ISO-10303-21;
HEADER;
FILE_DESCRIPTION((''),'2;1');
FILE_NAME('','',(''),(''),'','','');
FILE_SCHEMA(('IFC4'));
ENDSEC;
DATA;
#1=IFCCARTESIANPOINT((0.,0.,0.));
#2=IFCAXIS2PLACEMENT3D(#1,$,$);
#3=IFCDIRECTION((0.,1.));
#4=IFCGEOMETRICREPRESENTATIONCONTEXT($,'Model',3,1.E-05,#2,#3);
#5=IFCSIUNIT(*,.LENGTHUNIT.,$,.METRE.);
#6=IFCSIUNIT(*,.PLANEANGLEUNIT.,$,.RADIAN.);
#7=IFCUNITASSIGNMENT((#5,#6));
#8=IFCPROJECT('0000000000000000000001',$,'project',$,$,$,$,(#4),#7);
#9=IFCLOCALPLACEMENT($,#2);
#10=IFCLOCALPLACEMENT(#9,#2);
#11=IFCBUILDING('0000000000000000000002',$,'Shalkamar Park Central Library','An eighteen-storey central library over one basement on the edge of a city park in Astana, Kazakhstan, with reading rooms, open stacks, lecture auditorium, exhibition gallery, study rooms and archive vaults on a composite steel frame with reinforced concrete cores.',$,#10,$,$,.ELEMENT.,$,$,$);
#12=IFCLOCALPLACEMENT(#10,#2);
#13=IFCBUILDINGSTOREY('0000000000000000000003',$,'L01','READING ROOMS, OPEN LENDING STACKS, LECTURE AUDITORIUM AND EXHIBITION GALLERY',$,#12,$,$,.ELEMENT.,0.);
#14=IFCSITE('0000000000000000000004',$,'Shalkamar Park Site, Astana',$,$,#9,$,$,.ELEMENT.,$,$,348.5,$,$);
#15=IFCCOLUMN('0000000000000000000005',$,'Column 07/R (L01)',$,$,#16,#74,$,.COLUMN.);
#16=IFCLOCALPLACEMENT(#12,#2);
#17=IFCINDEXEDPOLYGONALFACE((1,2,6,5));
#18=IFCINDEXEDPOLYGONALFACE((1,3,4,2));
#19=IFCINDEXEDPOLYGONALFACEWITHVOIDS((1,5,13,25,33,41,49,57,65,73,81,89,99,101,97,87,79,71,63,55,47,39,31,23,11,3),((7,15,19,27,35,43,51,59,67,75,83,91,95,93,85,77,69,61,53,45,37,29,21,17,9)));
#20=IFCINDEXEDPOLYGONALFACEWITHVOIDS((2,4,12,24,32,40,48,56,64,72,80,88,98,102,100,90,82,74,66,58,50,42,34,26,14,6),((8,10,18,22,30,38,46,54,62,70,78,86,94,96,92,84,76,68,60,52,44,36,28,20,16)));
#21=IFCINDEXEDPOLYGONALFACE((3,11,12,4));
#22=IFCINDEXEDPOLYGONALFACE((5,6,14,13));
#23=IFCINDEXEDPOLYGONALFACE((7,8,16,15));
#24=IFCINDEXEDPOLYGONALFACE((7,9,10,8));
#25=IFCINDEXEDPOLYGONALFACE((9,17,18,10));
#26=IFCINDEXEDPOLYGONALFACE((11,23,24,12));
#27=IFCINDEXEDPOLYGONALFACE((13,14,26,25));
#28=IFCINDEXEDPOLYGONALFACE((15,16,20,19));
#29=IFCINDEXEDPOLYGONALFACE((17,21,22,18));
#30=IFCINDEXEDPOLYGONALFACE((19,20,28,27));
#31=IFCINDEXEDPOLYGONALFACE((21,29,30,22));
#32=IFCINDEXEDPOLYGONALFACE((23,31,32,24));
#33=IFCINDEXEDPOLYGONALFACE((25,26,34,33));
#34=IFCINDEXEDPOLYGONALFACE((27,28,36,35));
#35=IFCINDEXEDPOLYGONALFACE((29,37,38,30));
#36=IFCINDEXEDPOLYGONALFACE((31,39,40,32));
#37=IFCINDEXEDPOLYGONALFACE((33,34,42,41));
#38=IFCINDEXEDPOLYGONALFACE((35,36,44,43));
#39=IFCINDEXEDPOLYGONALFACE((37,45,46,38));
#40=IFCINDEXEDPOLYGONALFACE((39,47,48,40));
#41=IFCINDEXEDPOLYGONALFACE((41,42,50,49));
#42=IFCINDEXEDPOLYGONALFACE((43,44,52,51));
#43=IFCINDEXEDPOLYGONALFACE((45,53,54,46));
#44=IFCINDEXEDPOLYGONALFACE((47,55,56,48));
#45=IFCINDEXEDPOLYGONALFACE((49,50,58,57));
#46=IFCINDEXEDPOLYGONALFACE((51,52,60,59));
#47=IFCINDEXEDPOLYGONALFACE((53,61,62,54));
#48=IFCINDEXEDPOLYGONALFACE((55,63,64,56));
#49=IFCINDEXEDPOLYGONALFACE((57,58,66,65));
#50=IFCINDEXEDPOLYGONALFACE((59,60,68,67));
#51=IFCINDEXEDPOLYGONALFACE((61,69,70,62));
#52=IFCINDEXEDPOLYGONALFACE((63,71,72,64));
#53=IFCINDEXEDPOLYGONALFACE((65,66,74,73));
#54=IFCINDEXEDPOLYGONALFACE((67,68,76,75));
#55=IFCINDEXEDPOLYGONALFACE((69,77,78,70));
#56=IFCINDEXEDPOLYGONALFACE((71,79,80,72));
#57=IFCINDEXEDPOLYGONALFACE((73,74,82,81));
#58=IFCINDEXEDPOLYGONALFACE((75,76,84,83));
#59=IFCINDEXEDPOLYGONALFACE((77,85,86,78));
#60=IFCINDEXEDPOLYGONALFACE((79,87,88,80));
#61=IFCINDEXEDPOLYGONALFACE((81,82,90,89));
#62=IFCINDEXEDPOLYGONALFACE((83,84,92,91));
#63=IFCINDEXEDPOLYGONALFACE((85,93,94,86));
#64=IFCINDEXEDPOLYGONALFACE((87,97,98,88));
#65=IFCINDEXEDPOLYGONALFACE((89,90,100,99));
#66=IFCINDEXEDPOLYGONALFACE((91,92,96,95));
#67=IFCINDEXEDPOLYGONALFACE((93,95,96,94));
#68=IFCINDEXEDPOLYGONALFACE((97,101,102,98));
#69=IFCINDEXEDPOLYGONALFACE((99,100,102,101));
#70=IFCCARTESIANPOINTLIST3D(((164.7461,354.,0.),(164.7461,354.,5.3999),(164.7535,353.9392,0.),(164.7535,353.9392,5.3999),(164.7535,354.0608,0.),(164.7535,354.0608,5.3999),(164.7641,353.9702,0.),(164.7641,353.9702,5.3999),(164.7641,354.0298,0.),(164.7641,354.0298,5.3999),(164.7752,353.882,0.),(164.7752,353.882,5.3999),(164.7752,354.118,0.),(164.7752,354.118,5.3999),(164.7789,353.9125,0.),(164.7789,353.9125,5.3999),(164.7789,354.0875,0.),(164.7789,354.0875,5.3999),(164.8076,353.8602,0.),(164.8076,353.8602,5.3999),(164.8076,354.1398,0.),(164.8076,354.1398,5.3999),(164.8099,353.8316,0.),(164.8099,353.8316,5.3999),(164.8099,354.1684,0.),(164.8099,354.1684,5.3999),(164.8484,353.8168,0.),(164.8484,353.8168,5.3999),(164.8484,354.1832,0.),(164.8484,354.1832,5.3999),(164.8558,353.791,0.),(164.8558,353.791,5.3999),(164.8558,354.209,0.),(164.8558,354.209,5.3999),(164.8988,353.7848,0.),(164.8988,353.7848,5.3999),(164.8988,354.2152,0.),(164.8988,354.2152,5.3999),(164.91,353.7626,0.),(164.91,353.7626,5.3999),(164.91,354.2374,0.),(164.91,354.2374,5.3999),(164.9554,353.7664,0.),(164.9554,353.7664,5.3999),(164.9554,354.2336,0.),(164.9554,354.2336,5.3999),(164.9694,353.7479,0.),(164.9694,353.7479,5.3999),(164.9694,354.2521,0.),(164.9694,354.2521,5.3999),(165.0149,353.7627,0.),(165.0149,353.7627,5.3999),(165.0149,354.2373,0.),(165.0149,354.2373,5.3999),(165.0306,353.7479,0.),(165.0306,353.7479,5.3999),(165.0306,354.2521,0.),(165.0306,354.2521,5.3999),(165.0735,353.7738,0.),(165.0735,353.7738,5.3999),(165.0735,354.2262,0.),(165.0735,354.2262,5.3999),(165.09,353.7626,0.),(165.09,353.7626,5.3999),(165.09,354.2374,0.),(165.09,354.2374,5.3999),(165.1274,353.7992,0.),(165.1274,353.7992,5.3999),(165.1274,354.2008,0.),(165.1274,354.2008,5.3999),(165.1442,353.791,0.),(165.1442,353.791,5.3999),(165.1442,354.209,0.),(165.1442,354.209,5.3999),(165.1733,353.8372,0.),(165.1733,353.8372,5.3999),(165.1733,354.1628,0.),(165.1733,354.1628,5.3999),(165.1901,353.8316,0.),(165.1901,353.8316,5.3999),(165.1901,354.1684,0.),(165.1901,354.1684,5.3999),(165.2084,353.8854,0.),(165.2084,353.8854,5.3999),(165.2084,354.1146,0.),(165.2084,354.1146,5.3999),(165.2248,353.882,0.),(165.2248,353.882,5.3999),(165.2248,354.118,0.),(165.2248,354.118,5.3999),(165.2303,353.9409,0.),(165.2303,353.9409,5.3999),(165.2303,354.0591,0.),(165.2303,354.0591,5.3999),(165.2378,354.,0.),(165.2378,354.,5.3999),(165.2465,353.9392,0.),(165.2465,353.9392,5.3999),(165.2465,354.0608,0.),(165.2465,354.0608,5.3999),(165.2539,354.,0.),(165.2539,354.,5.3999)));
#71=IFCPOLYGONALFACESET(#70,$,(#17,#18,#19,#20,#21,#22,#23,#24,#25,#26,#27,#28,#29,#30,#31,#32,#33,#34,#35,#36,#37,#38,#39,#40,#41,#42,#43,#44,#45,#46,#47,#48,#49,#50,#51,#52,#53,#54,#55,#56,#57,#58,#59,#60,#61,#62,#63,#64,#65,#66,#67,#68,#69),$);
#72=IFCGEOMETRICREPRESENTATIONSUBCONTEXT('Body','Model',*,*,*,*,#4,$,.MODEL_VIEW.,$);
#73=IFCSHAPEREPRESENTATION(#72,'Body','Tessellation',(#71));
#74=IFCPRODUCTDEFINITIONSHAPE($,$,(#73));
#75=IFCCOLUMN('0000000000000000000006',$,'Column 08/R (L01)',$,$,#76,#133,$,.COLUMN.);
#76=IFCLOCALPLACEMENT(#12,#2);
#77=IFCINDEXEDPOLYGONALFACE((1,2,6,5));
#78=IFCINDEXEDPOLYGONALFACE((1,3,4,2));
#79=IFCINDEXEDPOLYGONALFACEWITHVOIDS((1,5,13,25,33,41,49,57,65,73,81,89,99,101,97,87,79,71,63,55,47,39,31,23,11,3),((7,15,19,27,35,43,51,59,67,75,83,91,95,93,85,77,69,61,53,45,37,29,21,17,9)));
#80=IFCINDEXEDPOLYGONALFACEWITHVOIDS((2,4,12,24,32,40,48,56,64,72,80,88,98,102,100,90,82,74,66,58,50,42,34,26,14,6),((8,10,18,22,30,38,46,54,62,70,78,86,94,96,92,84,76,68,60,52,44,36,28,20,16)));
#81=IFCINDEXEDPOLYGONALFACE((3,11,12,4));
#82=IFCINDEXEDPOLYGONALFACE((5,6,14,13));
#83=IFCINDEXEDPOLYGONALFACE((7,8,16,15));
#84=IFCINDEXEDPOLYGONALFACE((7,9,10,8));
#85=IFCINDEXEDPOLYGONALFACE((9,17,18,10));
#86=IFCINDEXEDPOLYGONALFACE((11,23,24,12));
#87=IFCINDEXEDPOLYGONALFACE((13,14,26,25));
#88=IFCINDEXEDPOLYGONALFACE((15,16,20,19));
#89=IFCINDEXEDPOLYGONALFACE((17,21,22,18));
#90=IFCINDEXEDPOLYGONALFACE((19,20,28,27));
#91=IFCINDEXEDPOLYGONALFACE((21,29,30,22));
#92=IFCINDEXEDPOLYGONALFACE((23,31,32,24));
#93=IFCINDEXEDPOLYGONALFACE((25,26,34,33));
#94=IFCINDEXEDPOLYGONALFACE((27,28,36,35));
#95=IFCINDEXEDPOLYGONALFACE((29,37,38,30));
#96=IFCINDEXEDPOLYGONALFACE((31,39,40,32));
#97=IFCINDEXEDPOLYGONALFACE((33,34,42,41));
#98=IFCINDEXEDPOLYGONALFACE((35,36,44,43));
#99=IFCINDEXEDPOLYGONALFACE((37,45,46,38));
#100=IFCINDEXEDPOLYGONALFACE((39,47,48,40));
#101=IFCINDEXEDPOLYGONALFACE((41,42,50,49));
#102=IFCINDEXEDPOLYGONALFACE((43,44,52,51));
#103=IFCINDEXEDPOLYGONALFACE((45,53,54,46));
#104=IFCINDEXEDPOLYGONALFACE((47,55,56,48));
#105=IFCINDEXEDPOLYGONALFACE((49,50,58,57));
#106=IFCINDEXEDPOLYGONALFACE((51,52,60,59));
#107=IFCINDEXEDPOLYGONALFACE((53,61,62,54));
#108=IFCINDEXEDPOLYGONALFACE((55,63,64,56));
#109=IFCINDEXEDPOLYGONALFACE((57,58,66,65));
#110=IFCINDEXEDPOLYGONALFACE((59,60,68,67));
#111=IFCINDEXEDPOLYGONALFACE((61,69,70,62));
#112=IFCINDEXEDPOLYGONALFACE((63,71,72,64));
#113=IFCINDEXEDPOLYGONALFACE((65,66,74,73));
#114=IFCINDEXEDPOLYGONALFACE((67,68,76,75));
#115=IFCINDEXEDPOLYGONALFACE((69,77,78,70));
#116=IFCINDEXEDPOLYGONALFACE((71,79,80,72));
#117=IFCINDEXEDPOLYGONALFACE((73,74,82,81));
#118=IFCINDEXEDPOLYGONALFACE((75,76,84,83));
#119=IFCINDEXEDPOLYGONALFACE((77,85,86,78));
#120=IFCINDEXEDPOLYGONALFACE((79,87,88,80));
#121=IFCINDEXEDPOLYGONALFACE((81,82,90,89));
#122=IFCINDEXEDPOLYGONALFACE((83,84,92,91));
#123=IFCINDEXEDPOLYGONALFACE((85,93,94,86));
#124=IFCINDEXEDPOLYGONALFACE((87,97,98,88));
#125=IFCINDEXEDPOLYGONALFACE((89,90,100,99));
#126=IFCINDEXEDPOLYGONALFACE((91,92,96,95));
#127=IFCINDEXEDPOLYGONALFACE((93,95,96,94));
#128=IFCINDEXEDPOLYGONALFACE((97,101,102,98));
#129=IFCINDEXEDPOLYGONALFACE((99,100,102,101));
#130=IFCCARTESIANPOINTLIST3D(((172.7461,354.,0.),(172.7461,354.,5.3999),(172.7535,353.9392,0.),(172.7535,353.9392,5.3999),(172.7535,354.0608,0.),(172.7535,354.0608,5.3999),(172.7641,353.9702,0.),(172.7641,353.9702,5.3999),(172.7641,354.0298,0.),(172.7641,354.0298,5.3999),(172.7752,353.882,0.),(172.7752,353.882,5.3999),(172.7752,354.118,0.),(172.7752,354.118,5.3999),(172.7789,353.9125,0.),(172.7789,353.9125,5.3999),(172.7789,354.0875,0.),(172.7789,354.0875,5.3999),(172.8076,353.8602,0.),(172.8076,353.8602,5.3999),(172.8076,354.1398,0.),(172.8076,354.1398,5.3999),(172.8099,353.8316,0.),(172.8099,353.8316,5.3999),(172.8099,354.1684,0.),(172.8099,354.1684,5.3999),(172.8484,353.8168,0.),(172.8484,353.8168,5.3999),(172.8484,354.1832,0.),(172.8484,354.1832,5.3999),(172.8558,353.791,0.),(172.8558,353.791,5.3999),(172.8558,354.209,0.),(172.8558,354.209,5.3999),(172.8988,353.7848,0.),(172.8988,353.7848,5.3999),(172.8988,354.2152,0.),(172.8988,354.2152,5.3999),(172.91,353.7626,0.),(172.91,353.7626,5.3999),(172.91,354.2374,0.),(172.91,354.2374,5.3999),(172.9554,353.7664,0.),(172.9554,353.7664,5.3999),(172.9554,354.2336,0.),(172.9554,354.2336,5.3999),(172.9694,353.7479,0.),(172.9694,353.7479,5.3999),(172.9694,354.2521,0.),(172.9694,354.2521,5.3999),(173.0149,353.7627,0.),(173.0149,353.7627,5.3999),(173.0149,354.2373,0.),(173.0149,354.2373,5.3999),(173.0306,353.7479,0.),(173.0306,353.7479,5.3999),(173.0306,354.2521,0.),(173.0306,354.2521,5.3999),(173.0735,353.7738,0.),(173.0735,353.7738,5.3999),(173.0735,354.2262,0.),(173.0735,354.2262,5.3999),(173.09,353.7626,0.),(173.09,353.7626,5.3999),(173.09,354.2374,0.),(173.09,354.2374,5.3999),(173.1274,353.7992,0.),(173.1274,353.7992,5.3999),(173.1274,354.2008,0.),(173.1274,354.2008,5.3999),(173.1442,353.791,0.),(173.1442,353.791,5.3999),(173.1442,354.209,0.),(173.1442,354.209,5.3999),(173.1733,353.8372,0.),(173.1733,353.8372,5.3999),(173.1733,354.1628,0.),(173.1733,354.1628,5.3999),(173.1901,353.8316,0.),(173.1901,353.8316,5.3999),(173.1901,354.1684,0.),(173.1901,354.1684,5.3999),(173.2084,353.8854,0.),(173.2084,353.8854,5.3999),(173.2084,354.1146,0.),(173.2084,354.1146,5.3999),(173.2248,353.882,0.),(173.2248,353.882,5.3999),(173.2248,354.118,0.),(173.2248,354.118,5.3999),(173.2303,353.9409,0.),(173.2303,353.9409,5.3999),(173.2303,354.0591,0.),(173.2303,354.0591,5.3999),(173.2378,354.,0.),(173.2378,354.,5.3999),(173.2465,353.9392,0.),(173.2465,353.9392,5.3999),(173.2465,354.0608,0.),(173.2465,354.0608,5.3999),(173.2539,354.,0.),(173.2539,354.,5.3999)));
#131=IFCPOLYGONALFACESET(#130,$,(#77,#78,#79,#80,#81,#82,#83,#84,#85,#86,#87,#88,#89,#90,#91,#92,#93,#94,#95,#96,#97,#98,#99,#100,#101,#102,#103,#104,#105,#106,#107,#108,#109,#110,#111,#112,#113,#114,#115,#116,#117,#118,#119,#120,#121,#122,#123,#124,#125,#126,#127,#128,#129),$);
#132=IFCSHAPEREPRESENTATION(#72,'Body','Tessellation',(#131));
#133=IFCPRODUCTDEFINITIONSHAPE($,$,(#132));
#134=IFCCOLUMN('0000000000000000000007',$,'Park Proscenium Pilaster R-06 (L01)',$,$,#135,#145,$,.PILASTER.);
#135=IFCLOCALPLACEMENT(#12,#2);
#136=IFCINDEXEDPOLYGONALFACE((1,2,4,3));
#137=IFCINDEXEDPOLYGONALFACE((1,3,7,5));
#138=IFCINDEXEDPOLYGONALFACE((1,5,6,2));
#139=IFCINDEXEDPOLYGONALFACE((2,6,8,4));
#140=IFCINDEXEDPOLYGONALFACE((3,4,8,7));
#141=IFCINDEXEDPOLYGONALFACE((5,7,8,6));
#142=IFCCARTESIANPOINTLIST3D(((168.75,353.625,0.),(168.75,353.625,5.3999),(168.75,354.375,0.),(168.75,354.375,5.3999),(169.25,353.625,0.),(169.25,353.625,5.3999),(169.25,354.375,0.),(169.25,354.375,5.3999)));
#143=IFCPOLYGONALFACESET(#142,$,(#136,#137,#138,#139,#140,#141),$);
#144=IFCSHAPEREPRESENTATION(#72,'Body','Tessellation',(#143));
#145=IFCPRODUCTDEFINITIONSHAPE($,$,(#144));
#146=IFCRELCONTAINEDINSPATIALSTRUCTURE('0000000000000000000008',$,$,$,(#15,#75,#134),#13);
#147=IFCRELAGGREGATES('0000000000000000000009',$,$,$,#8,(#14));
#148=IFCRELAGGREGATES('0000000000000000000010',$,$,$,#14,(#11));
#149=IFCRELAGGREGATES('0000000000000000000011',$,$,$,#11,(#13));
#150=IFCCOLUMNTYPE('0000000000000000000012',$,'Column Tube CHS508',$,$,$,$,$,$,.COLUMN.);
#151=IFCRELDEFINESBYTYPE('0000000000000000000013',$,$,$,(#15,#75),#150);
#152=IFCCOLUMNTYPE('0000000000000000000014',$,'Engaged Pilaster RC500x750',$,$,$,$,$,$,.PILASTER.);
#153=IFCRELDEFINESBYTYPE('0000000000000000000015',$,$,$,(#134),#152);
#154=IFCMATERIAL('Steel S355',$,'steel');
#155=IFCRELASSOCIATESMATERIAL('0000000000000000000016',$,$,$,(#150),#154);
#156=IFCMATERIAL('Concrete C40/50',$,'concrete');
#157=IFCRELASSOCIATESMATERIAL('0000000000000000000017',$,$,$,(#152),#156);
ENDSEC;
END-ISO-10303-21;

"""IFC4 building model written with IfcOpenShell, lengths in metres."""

from ifc_helpers import new_model, si_unit, direction, frame, origin, origin_2d, place, context, subcontext, project, spatial, rectangle, hollow_circle, extrude, material, material_profile, profile_set, type_object, element, save


model = new_model("IFC4")

# Units and contexts
model_context = context("Model", 3, precision=1e-05, world=origin(), true_north=direction((0.0, 1.0)))
body_context = subcontext(model_context, "Body", "Model", "MODEL_VIEW")
ifc_project = project(units=[si_unit("LENGTHUNIT", "METRE"), si_unit("PLANEANGLEUNIT", "RADIAN")], contexts=[model_context])

# Site, building, storey
site_placement = place(None, origin())
site = spatial("IfcSite", under=ifc_project, at=site_placement, Name="Shalkamar Park Site, Astana", CompositionType="ELEMENT", RefElevation=348.5)
building_placement = place(site_placement, origin())
building = spatial("IfcBuilding", under=site, at=building_placement, Name="Shalkamar Park Central Library", Description="An eighteen-storey central library over one basement on the edge of a city park in Astana, Kazakhstan, with reading rooms, open stacks, lecture auditorium, exhibition gallery, study rooms and archive vaults on a composite steel frame with reinforced concrete cores.", CompositionType="ELEMENT")
storey_placement = place(building_placement, origin())
storey = spatial("IfcBuildingStorey", under=building, at=storey_placement, Name="L01", Description="READING ROOMS, OPEN LENDING STACKS, LECTURE AUDITORIUM AND EXHIBITION GALLERY", CompositionType="ELEMENT", Elevation=0.0)

# Columns
ifc_material_1 = material(Name="Steel S355", Category="steel")
ifc_material_profile_1 = material_profile(ifc_material_1, hollow_circle(Radius=0.2539, WallThickness=0.0161, at=origin_2d()), Name="CHS 508x16")
ifc_profile_set_1 = profile_set([ifc_material_profile_1], Name="Steel S355")
column_type_1 = type_object("IfcColumnType", Name="Column Tube CHS508", PredefinedType="COLUMN", material=ifc_profile_set_1)
for number, where, z_axis, x_axis, name in (
    (1, (165.0, 354.0, 0.0), (0.0, 0.0, 1.0), (1.0, 0.0, 0.0), "Column 07/R (L01)"),
    (2, (173.0, 354.0, 0.0), (0.0, 0.0, 1.0), (1.0, 0.0, 0.0), "Column 08/R (L01)"),
):
    element("IfcColumn", number, at=place(storey_placement, frame(where, z_axis=z_axis, x_axis=x_axis)), inside=storey, type_object=column_type_1, Name=name, PredefinedType="COLUMN", context=body_context, shape_type="SweptSolid", body=[
        extrude(hollow_circle(Radius=0.2539, WallThickness=0.0161, at=origin_2d()), origin(), (0.0, 0.0, 1.0), 5.3999),
    ])
ifc_material_2 = material(Name="Concrete C40/50", Category="concrete")
ifc_material_profile_2 = material_profile(ifc_material_2, rectangle(XDim=0.5, YDim=0.75, at=origin_2d()), Name="RC 500x750")
ifc_profile_set_2 = profile_set([ifc_material_profile_2], Name="Concrete C40/50")
column_type_2 = type_object("IfcColumnType", Name="Engaged Pilaster RC500x750", PredefinedType="PILASTER", material=ifc_profile_set_2)
column_placement = place(storey_placement, frame((169.0, 354.0, 0.0), z_axis=(0.0, 0.0, 1.0), x_axis=(1.0, 0.0, 0.0)))
element("IfcColumn", 3, at=column_placement, inside=storey, type_object=column_type_2, Name="Park Proscenium Pilaster R-06 (L01)", PredefinedType="PILASTER", context=body_context, shape_type="SweptSolid", body=[
    extrude(rectangle(XDim=0.5, YDim=0.75, at=origin_2d()), origin(), (0.0, 0.0, 1.0), 5.3999),
])

save(model, "model.ifc")
